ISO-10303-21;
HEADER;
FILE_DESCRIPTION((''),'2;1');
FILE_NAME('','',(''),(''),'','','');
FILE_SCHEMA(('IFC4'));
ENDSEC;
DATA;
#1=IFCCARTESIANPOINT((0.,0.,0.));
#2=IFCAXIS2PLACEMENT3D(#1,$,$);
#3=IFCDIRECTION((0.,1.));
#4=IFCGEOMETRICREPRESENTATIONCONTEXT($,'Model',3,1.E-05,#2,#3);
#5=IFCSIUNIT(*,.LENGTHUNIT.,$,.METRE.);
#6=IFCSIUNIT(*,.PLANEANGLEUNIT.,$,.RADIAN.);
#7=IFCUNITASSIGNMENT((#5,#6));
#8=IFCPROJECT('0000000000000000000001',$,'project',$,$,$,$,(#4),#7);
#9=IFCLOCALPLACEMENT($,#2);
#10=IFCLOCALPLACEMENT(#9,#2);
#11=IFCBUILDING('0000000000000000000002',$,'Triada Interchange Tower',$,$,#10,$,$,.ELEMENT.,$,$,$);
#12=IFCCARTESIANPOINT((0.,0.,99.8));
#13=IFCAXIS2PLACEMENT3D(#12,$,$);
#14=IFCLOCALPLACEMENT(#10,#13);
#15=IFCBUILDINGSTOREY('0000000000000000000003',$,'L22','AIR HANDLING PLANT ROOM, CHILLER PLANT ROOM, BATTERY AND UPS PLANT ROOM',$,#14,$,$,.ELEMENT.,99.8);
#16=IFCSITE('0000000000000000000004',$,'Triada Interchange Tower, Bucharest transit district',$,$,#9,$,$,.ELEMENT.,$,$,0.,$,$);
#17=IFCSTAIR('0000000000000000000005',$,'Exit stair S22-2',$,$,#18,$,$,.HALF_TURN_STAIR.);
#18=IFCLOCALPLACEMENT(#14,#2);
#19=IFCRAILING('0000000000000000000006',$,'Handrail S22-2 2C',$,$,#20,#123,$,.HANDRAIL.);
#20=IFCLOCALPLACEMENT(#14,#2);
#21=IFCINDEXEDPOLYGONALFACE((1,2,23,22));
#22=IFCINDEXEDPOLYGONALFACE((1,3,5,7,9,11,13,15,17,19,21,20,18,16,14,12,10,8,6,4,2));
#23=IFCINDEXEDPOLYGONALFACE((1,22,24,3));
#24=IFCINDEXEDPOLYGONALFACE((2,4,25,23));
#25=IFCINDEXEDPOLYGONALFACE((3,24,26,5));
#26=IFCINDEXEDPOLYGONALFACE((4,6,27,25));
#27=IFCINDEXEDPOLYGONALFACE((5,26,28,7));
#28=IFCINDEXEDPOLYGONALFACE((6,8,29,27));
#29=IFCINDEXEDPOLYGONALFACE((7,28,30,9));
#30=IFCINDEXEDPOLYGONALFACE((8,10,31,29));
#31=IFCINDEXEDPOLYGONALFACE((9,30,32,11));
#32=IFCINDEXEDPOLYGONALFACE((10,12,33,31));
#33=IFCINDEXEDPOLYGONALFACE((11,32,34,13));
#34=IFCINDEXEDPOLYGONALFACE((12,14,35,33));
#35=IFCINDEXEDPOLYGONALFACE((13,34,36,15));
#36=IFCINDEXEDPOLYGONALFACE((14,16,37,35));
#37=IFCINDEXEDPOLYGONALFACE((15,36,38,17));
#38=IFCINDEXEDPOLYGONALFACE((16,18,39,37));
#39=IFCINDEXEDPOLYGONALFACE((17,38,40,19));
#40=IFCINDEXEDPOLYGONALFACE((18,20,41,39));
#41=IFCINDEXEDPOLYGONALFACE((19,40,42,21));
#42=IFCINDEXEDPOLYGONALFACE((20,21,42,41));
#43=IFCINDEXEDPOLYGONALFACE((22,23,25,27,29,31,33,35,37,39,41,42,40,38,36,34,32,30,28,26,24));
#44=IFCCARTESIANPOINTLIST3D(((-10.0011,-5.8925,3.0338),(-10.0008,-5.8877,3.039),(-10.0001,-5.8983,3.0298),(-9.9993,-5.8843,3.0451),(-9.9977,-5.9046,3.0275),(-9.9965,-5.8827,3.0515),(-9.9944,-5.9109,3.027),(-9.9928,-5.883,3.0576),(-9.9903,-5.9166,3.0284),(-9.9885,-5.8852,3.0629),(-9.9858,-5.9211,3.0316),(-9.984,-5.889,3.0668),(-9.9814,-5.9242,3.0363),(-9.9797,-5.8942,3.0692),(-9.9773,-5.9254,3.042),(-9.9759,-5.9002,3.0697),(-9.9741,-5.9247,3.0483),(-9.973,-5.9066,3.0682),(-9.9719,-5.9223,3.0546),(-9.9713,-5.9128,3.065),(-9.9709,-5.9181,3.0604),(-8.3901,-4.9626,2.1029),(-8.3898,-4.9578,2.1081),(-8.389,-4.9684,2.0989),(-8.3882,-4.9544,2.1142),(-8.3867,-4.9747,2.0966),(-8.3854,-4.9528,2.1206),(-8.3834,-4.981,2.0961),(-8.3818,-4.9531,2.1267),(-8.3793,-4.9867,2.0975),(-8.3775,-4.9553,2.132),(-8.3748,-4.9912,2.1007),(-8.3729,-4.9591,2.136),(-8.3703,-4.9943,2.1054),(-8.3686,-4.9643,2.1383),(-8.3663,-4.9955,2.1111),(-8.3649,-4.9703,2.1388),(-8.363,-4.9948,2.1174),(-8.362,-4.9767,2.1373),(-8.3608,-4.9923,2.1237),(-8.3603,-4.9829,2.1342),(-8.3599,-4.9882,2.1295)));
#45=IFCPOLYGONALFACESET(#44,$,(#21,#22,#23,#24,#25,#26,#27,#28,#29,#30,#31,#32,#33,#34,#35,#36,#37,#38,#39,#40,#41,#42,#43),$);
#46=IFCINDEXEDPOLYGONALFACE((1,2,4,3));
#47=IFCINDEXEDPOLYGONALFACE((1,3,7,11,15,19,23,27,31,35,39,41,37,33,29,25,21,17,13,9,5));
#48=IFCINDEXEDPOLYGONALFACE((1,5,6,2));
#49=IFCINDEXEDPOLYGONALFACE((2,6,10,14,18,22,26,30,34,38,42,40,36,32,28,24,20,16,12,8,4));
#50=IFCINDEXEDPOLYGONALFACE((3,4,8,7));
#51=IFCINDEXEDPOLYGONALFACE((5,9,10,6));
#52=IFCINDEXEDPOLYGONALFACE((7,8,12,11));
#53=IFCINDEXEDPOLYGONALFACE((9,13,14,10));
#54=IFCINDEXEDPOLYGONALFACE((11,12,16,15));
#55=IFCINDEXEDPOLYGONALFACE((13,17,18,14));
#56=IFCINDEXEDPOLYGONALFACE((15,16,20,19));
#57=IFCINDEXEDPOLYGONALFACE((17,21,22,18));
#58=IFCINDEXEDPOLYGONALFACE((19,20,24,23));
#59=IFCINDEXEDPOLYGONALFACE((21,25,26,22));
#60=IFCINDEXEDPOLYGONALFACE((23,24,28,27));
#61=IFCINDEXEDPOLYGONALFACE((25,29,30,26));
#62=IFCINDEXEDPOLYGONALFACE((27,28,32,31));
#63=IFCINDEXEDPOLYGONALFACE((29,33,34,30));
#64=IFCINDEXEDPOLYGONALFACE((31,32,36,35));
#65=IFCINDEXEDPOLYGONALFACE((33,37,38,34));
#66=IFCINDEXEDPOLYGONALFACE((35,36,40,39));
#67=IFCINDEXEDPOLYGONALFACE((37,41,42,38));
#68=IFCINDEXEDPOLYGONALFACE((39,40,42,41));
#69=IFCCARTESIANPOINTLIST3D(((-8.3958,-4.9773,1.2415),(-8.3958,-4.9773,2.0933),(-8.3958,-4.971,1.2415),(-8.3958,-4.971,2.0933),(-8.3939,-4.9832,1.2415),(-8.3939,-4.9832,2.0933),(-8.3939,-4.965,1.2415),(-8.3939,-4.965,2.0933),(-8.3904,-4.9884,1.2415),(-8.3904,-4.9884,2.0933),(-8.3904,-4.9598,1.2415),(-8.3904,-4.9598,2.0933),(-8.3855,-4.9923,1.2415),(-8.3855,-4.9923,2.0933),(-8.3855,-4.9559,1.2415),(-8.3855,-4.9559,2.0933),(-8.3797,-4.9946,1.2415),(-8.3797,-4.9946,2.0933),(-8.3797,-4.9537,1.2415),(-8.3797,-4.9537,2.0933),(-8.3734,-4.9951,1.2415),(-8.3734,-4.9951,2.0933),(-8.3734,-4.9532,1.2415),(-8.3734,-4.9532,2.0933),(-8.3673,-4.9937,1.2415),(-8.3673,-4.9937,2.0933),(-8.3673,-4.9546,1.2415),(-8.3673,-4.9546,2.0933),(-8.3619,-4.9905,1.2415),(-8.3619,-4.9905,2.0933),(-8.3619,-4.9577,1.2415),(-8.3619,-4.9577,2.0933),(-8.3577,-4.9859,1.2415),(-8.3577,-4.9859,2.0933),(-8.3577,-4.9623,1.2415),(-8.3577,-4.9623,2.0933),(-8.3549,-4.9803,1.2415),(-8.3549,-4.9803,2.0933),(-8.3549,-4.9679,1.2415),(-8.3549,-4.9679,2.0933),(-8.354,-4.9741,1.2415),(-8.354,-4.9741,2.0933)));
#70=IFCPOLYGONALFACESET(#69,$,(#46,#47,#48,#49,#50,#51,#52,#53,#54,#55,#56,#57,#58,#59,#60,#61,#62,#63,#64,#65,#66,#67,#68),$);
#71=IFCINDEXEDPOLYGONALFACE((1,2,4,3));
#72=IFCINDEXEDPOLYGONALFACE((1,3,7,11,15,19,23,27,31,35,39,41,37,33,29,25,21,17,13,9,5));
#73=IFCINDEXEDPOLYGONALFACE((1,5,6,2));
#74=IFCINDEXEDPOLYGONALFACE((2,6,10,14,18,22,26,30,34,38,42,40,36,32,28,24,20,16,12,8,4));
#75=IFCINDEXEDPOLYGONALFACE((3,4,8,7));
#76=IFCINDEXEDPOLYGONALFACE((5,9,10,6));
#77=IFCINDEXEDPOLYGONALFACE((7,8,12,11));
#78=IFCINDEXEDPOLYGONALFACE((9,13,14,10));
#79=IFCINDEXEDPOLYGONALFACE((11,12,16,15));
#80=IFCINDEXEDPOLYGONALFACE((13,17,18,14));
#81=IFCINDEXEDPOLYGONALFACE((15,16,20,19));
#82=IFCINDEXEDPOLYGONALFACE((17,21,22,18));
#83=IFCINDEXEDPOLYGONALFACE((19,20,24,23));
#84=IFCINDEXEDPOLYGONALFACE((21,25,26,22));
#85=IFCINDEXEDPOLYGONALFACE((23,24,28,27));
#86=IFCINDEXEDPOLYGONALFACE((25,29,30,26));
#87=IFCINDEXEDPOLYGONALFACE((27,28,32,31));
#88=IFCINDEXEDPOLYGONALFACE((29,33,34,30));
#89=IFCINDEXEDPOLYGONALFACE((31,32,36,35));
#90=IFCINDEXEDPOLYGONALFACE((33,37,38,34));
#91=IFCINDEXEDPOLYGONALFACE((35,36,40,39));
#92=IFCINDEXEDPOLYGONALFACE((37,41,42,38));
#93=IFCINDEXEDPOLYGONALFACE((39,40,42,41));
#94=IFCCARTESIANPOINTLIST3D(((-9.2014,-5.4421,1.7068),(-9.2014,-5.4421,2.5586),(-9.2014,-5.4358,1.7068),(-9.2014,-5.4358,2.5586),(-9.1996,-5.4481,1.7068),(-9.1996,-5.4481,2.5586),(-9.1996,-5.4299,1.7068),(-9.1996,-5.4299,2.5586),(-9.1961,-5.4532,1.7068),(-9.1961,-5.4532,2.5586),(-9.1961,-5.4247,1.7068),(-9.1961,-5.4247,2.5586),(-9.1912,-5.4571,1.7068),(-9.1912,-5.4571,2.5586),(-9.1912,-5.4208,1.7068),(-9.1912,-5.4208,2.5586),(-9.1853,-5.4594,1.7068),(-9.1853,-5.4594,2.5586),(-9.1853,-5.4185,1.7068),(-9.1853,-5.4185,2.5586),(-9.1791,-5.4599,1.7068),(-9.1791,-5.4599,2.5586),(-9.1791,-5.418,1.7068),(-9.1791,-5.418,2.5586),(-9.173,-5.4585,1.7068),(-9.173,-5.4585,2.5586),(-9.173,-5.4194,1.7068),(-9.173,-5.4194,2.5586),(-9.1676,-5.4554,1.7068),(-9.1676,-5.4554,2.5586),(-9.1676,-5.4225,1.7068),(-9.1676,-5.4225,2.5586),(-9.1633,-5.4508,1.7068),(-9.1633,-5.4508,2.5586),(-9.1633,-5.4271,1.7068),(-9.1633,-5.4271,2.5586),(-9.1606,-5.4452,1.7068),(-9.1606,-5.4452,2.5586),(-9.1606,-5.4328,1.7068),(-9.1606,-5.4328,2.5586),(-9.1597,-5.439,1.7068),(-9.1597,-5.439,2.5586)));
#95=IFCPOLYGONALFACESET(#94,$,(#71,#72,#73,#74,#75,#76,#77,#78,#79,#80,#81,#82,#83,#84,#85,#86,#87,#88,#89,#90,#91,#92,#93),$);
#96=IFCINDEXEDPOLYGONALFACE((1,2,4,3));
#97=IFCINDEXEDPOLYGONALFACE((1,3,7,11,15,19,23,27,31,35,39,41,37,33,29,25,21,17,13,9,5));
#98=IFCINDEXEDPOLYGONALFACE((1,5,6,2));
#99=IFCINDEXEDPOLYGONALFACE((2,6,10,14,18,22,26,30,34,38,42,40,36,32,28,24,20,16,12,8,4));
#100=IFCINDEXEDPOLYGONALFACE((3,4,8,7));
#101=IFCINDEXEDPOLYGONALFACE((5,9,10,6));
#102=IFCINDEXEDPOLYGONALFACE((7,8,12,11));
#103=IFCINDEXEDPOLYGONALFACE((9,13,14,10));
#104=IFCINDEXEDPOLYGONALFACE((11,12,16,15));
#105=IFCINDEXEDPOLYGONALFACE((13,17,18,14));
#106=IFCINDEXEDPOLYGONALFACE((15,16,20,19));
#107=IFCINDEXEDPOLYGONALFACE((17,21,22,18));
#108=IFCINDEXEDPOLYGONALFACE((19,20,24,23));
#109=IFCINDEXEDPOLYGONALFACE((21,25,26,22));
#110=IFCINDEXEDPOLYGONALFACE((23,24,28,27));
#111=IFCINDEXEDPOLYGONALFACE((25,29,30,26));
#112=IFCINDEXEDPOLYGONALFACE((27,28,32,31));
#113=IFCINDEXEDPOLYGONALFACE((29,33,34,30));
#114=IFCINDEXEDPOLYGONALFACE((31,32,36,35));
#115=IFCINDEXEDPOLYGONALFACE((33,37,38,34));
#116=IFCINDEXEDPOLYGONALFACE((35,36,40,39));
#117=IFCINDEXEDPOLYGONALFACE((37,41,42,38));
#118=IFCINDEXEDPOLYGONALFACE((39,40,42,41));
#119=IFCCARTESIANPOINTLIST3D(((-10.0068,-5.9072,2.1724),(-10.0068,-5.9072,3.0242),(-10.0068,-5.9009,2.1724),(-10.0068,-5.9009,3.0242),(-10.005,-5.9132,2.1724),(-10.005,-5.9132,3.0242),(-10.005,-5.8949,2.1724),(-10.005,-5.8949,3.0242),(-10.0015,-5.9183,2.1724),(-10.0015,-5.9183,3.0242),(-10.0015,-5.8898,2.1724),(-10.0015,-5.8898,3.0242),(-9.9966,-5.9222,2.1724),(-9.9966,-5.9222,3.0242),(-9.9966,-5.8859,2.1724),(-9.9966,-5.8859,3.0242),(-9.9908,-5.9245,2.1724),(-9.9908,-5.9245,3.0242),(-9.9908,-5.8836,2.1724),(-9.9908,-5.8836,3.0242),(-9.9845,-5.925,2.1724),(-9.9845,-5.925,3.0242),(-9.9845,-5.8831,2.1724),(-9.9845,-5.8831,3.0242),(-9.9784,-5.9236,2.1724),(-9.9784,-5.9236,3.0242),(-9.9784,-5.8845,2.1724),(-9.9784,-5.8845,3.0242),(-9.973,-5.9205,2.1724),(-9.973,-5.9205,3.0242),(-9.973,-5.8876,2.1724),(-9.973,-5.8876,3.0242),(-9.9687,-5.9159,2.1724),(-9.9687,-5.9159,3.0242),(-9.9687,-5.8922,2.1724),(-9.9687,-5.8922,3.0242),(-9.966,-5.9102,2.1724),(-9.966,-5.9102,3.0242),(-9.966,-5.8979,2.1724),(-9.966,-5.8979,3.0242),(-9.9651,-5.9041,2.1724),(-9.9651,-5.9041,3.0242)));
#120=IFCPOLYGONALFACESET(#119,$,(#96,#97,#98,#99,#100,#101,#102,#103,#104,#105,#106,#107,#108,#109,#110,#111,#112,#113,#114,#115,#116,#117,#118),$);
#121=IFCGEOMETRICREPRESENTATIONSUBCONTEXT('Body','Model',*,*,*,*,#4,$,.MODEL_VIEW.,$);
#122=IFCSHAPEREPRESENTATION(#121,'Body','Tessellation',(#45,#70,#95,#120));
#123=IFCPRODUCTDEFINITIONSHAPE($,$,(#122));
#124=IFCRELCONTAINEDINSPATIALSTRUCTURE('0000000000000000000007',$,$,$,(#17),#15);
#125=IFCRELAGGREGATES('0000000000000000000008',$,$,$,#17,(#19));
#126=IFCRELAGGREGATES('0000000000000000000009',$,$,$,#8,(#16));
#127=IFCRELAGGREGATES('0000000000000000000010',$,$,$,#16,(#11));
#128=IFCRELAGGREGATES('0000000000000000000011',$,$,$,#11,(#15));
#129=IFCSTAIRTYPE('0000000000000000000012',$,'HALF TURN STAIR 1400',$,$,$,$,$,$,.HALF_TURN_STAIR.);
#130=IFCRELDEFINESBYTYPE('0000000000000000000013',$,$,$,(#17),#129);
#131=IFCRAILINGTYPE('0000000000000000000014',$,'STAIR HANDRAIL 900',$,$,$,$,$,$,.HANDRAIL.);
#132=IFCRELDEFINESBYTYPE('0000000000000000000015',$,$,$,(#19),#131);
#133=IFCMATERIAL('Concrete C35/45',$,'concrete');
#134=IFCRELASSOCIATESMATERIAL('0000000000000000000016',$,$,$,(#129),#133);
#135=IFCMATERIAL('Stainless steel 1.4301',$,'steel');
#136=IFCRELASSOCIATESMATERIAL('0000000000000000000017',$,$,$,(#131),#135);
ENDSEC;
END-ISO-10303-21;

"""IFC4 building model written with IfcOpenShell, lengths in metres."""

from ifc_helpers import new_model, si_unit, direction, frame, origin, origin_2d, place, context, subcontext, project, spatial, circle, extrude, material, type_object, element, aggregate, save


model = new_model("IFC4")

# Units and contexts
model_context = context("Model", 3, precision=1e-05, world=origin(), true_north=direction((0.0, 1.0)))
body_context = subcontext(model_context, "Body", "Model", "MODEL_VIEW")
ifc_project = project(units=[si_unit("LENGTHUNIT", "METRE"), si_unit("PLANEANGLEUNIT", "RADIAN")], contexts=[model_context])

# Site, building, storey
site_placement = place(None, origin())
site = spatial("IfcSite", under=ifc_project, at=site_placement, Name="Triada Interchange Tower, Bucharest transit district", CompositionType="ELEMENT", RefElevation=0.0)
building_placement = place(site_placement, origin())
building = spatial("IfcBuilding", under=site, at=building_placement, Name="Triada Interchange Tower", CompositionType="ELEMENT")
storey_placement = place(building_placement, frame((0.0, 0.0, 99.8)))
storey = spatial("IfcBuildingStorey", under=building, at=storey_placement, Name="L22", Description="AIR HANDLING PLANT ROOM, CHILLER PLANT ROOM, BATTERY AND UPS PLANT ROOM", CompositionType="ELEMENT", Elevation=99.8)

# Shared definitions
ifc_material_1 = material(Name="Concrete C35/45", Category="concrete")

# Stair, railing
stair_type = type_object("IfcStairType", Name="HALF TURN STAIR 1400", PredefinedType="HALF_TURN_STAIR", material=ifc_material_1)
stair_placement = place(storey_placement, origin())
stair = element("IfcStair", 1, at=stair_placement, inside=storey, type_object=stair_type, Name="Exit stair S22-2", PredefinedType="HALF_TURN_STAIR")
ifc_material_2 = material(Name="Stainless steel 1.4301", Category="steel")
railing_type_1 = type_object("IfcRailingType", Name="STAIR HANDRAIL 900", PredefinedType="HANDRAIL", material=ifc_material_2)
railing_1_placement = place(storey_placement, frame((-8.375, -4.9741, 1.2415)))
railing_1 = element("IfcRailing", 2, at=railing_1_placement, type_object=railing_type_1, Name="Handrail S22-2 2C", PredefinedType="HANDRAIL", context=body_context, shape_type="SweptSolid", body=[
    extrude(circle(Radius=0.0239, at=origin_2d()), frame((0.0, 0.0, 0.876), z_axis=(-0.77451, -0.447054, 0.447523), x_axis=(0.499908, -0.866079, 0.0)), (0.0, 0.0, 1.0), 2.0801),
    extrude(circle(Radius=0.021, at=origin_2d()), origin(), (0.0, 0.0, 1.0), 0.8518),
    extrude(circle(Radius=0.021, at=origin_2d()), frame((-0.8057, -0.4648, 0.4653)), (0.0, 0.0, 1.0), 0.8518),
    extrude(circle(Radius=0.021, at=origin_2d()), frame((-1.6111, -0.9299, 0.9309)), (0.0, 0.0, 1.0), 0.8518),
])
aggregate(stair, [railing_1])

save(model, "model.ifc")
